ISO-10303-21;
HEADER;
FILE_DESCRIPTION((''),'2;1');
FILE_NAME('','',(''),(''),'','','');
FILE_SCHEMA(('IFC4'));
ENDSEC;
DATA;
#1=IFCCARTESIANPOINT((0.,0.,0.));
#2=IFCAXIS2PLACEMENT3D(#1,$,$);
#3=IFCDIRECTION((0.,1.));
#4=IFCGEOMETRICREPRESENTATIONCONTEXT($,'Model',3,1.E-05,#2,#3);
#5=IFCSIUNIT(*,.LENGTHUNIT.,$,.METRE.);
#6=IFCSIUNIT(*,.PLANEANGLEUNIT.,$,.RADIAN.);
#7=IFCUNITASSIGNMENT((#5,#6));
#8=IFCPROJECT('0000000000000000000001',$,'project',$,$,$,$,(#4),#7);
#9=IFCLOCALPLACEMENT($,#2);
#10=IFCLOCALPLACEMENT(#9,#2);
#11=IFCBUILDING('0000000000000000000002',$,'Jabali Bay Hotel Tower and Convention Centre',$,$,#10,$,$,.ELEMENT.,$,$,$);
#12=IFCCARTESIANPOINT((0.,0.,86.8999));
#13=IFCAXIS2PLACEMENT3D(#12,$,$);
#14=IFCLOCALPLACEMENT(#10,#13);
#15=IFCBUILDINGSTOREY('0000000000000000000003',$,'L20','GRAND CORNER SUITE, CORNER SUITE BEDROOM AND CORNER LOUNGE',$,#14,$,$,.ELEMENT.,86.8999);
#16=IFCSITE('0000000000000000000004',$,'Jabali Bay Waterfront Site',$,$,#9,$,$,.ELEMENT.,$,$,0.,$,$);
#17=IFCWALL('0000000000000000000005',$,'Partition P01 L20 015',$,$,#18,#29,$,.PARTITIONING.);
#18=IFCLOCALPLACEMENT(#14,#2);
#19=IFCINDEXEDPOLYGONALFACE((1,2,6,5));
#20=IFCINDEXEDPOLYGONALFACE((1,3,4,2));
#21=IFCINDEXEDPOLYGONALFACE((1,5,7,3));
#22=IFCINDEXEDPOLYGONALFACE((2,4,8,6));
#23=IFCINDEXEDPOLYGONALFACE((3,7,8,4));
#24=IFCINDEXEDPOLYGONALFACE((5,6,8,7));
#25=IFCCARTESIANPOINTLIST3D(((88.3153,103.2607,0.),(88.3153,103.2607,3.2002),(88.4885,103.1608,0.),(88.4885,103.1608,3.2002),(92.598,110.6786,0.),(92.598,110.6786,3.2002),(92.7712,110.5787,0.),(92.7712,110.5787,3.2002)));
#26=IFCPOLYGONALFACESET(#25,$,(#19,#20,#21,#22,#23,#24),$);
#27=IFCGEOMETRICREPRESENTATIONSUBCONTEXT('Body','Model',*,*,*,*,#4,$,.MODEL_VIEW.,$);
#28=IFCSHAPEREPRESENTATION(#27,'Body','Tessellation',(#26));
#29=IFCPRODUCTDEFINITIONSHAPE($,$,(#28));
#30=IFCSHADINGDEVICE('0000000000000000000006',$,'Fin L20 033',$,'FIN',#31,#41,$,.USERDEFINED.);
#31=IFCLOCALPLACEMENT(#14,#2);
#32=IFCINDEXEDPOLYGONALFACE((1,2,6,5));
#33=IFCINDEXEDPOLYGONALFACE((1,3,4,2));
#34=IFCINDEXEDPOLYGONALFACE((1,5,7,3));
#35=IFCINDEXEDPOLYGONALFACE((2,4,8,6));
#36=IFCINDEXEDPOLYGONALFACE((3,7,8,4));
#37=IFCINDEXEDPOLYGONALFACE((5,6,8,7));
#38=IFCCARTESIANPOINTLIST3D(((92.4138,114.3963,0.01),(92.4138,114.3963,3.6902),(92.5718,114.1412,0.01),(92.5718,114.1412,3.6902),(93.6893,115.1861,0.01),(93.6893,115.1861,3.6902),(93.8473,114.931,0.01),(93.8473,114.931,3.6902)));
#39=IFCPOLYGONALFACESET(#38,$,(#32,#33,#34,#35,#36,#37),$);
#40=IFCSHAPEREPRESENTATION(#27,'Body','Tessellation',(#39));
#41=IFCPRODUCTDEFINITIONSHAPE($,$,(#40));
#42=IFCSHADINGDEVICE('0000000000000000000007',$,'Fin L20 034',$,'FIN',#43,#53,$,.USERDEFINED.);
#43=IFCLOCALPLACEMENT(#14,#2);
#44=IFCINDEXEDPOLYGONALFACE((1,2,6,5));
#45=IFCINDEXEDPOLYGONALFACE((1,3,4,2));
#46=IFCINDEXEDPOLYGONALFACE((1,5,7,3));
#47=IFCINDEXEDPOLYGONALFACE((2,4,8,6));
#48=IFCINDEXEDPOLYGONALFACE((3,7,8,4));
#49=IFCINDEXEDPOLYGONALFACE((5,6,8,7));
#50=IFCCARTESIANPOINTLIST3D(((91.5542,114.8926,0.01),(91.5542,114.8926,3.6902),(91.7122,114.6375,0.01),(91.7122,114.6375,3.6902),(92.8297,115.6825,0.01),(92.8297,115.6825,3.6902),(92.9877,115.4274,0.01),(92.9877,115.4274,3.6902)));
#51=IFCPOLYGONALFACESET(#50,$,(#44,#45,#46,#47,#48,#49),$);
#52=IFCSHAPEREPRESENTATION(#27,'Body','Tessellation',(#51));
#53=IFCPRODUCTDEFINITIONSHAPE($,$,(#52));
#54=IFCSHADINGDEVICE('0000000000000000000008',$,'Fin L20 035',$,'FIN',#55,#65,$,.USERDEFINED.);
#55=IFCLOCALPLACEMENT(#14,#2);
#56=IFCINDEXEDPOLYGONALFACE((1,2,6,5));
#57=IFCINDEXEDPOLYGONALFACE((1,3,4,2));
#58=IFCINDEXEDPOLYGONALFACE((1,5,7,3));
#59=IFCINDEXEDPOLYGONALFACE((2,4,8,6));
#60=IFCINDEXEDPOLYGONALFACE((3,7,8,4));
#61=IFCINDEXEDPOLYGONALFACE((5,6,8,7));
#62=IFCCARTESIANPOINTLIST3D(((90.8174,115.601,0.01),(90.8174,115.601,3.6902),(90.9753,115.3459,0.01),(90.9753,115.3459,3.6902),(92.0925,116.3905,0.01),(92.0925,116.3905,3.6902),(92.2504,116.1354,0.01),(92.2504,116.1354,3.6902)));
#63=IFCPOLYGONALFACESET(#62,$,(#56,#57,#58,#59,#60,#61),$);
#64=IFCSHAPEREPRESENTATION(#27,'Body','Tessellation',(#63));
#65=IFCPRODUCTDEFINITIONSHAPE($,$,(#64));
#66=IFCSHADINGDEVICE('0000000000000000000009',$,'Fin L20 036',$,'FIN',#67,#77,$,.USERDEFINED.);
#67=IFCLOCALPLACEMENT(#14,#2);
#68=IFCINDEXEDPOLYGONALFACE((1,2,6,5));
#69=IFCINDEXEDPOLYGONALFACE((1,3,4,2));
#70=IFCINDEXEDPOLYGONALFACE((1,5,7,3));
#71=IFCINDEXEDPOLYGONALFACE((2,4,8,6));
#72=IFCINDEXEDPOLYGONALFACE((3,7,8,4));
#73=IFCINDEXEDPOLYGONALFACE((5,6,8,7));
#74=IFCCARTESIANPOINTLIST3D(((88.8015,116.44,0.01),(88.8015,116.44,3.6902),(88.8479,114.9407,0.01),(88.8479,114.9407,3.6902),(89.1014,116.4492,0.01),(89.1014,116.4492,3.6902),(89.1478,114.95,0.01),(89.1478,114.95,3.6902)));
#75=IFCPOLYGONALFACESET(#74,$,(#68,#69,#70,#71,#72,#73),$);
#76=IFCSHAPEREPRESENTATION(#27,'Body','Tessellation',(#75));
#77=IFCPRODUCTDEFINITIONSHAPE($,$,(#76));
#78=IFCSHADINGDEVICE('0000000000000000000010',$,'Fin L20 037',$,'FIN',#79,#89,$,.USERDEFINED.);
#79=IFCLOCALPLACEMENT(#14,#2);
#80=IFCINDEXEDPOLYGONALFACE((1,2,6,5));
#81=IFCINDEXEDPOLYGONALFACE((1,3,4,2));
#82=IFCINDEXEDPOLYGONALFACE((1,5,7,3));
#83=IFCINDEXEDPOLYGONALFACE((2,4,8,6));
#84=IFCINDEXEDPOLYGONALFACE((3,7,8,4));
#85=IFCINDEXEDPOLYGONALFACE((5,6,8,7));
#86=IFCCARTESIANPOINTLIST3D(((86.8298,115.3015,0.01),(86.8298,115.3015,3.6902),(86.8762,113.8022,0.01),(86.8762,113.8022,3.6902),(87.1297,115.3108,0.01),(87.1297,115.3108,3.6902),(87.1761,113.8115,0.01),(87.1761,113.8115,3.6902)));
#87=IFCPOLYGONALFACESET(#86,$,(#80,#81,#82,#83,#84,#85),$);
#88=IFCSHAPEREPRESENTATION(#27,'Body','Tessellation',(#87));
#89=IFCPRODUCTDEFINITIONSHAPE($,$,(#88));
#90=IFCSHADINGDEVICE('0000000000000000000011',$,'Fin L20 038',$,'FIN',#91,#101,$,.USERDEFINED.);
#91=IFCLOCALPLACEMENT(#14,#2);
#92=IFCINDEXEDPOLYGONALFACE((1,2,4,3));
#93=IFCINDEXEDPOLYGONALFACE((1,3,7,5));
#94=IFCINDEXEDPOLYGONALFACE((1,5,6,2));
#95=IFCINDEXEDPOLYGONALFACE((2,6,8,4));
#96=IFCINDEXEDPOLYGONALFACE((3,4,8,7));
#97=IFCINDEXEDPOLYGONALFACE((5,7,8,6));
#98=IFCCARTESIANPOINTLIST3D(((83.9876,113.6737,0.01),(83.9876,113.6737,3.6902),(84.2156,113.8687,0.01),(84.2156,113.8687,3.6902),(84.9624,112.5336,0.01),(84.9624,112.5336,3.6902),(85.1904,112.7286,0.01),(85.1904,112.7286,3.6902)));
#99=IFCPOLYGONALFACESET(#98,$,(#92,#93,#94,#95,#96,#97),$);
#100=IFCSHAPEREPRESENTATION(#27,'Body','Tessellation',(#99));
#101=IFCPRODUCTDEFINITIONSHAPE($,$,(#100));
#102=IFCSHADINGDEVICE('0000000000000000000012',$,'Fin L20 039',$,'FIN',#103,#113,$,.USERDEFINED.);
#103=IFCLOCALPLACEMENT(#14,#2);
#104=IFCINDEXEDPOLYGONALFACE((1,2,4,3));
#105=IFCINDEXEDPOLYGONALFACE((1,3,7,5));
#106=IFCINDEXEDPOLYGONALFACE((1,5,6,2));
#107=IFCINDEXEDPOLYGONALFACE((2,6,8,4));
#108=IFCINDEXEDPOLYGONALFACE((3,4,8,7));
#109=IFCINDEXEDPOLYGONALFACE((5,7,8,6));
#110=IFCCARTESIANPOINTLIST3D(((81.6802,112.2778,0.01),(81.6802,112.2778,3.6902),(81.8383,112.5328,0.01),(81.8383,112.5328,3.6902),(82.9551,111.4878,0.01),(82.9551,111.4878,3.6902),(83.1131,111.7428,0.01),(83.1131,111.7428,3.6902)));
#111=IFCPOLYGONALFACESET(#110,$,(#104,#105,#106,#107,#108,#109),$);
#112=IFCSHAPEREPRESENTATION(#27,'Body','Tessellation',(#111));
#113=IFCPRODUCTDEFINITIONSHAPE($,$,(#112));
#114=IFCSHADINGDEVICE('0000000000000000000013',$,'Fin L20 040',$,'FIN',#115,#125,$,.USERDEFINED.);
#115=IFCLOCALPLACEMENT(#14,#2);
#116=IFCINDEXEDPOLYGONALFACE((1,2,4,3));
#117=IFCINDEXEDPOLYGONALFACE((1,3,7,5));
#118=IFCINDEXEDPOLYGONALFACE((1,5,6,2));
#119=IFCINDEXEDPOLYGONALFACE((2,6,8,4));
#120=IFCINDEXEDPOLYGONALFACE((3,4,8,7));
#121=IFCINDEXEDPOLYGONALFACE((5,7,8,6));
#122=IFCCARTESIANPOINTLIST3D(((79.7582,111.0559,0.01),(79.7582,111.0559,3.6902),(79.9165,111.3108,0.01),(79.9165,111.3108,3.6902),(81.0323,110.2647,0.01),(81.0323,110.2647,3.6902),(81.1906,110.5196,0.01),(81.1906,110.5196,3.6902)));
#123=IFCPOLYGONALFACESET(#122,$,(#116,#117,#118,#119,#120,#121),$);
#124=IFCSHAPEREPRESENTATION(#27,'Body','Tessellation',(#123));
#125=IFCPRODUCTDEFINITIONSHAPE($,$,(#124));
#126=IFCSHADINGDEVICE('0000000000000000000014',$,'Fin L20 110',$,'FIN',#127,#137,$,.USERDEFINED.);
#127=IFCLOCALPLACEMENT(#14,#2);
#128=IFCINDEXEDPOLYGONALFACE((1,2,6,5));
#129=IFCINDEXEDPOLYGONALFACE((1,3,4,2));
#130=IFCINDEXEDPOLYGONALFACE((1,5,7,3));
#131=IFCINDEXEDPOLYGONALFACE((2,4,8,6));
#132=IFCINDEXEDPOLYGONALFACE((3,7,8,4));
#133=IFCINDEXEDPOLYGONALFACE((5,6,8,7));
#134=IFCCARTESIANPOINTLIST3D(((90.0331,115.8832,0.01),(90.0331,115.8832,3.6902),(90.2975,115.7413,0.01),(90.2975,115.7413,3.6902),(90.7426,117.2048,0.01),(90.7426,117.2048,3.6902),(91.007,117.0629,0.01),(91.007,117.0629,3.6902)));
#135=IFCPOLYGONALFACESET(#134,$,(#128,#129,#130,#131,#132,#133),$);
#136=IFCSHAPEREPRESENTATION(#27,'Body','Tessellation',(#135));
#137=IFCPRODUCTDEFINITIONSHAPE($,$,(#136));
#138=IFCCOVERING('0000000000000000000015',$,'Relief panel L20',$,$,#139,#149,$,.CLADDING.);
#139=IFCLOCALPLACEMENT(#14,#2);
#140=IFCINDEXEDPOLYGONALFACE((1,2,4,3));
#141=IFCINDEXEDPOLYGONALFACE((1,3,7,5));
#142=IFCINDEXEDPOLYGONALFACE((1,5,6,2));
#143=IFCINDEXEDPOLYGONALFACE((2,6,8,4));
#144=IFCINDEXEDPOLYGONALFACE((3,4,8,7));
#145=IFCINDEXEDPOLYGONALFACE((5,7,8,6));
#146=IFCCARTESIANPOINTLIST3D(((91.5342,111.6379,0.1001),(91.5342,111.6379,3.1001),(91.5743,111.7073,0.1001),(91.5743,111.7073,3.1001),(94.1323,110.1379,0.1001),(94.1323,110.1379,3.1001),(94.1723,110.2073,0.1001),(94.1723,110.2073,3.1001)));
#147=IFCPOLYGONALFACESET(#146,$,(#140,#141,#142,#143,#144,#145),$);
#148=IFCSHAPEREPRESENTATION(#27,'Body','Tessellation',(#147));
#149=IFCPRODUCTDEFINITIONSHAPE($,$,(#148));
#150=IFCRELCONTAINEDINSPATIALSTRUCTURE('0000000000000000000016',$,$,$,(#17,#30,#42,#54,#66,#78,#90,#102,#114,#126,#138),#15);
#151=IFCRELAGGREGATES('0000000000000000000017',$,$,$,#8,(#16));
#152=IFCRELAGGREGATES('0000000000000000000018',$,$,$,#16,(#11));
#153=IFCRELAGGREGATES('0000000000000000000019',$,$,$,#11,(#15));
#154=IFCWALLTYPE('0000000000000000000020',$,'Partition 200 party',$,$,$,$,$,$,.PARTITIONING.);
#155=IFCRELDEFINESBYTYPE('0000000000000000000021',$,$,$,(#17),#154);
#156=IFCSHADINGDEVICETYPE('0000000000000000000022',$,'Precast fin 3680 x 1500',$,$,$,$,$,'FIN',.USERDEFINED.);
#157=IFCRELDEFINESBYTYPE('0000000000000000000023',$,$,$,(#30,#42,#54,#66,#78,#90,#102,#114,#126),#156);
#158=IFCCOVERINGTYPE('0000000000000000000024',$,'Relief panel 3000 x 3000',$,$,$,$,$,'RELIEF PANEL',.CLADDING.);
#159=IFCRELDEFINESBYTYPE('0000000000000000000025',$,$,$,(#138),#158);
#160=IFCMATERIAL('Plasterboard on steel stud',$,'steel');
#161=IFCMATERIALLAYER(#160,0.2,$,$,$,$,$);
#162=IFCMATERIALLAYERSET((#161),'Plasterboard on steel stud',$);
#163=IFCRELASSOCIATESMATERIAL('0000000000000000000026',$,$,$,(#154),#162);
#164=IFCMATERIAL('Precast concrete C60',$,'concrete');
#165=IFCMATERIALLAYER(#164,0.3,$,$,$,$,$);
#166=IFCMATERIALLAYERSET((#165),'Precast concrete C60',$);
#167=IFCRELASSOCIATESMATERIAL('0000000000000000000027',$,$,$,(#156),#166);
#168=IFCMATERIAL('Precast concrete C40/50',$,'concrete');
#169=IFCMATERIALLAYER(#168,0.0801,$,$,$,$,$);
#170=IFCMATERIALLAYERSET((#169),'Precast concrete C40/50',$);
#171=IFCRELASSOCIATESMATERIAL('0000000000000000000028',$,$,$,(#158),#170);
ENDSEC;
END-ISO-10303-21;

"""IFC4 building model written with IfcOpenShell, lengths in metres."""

from ifc_helpers import new_model, si_unit, direction, frame, frame_2d, origin, origin_2d, place, context, subcontext, project, spatial, rectangle, extrude, material, layer, layer_set, type_object, element, save


model = new_model("IFC4")

# Units and contexts
model_context = context("Model", 3, precision=1e-05, world=origin(), true_north=direction((0.0, 1.0)))
body_context = subcontext(model_context, "Body", "Model", "MODEL_VIEW")
ifc_project = project(units=[si_unit("LENGTHUNIT", "METRE"), si_unit("PLANEANGLEUNIT", "RADIAN")], contexts=[model_context])

# Site, building, storey
site_placement = place(None, origin())
site = spatial("IfcSite", under=ifc_project, at=site_placement, Name="Jabali Bay Waterfront Site", CompositionType="ELEMENT", RefElevation=0.0)
building_placement = place(site_placement, origin())
building = spatial("IfcBuilding", under=site, at=building_placement, Name="Jabali Bay Hotel Tower and Convention Centre", CompositionType="ELEMENT")
storey_placement = place(building_placement, frame((0.0, 0.0, 86.8999)))
storey = spatial("IfcBuildingStorey", under=building, at=storey_placement, Name="L20", Description="GRAND CORNER SUITE, CORNER SUITE BEDROOM AND CORNER LOUNGE", CompositionType="ELEMENT", Elevation=86.8999)

# Shared definitions
ifc_material_1 = material(Name="Plasterboard on steel stud", Category="steel")

# Wall
ifc_layer_1 = layer(ifc_material_1, 0.2)
ifc_layer_set_1 = layer_set([ifc_layer_1], Name="Plasterboard on steel stud")
wall_type_1 = type_object("IfcWallType", Name="Partition 200 party", PredefinedType="PARTITIONING", material=ifc_layer_set_1)
wall_1_placement = place(storey_placement, frame((92.6846, 110.6287, 0.0), z_axis=(0.0, 0.0, 1.0), x_axis=(-0.499995, -0.866028, 0.0)))
element("IfcWall", 1, at=wall_1_placement, inside=storey, type_object=wall_type_1, Name="Partition P01 L20 015", PredefinedType="PARTITIONING", context=body_context, shape_type="SweptSolid", body=[
    extrude(rectangle(XDim=8.5654, YDim=0.2, at=frame_2d((4.2827, 0.0))), origin(), (0.0, 0.0, 1.0), 3.2002),
])

# Shading devices
ifc_material_2 = material(Name="Precast concrete C60", Category="concrete")
ifc_layer_2 = layer(ifc_material_2, 0.3)
ifc_layer_set_2 = layer_set([ifc_layer_2], Name="Precast concrete C60")
shading_device_type = type_object("IfcShadingDeviceType", Name="Precast fin 3680 x 1500", ElementType="FIN", PredefinedType="USERDEFINED", material=ifc_layer_set_2)
for number, where, z_axis, x_axis, name in (
    (2, (92.4929, 114.2688, 0.01), (0.0, 0.0, 1.0), (0.850185, 0.526483, 0.0), "Fin L20 033"),
    (3, (91.6333, 114.7651, 0.01), (0.0, 0.0, 1.0), (0.850185, 0.526483, 0.0), "Fin L20 034"),
):
    element("IfcShadingDevice", number, at=place(storey_placement, frame(where, z_axis=z_axis, x_axis=x_axis)), inside=storey, type_object=shading_device_type, Name=name, ObjectType="FIN", PredefinedType="USERDEFINED", context=body_context, shape_type="SweptSolid", body=[
        extrude(rectangle(XDim=1.5002, YDim=0.3, at=frame_2d((0.75, 0.0))), origin(), (0.0, 0.0, 1.0), 3.6802),
    ])
shading_device_1_placement = place(storey_placement, frame((90.8962, 115.4734, 0.01), z_axis=(0.0, 0.0, 1.0), x_axis=(0.850213, 0.526439, 0.0)))
element("IfcShadingDevice", 4, at=shading_device_1_placement, inside=storey, type_object=shading_device_type, Name="Fin L20 035", ObjectType="FIN", PredefinedType="USERDEFINED", context=body_context, shape_type="SweptSolid", body=[
    extrude(rectangle(XDim=1.4998, YDim=0.3, at=frame_2d((0.75, 0.0))), origin(), (0.0, 0.0, 1.0), 3.6802),
])
for number, where, z_axis, x_axis, name in (
    (5, (88.9978, 114.9453, 0.01), (0.0, 0.0, 1.0), (-0.030925, 0.999522, 0.0), "Fin L20 036"),
    (6, (87.0261, 113.8069, 0.01), (0.0, 0.0, 1.0), (-0.030925, 0.999522, 0.0), "Fin L20 037"),
    (7, (85.0764, 112.6311, 0.01), (0.0, 0.0, 1.0), (-0.649866, 0.760049, 0.0), "Fin L20 038"),
):
    element("IfcShadingDevice", number, at=place(storey_placement, frame(where, z_axis=z_axis, x_axis=x_axis)), inside=storey, type_object=shading_device_type, Name=name, ObjectType="FIN", PredefinedType="USERDEFINED", context=body_context, shape_type="SweptSolid", body=[
        extrude(rectangle(XDim=1.5, YDim=0.3, at=frame_2d((0.75, 0.0))), origin(), (0.0, 0.0, 1.0), 3.6802),
    ])
for number, where, z_axis, x_axis, name in (
    (8, (83.0342, 111.6152, 0.01), (0.0, 0.0, 1.0), (-0.850022, 0.526747, 0.0), "Fin L20 039"),
    (9, (81.1116, 110.3921, 0.01), (0.0, 0.0, 1.0), (-0.849522, 0.527553, 0.0), "Fin L20 040"),
):
    element("IfcShadingDevice", number, at=place(storey_placement, frame(where, z_axis=z_axis, x_axis=x_axis)), inside=storey, type_object=shading_device_type, Name=name, ObjectType="FIN", PredefinedType="USERDEFINED", context=body_context, shape_type="SweptSolid", body=[
        extrude(rectangle(XDim=1.4998, YDim=0.3, at=frame_2d((0.75, 0.0))), origin(), (0.0, 0.0, 1.0), 3.6802),
    ])
shading_device_2_placement = place(storey_placement, frame((90.1653, 115.8123, 0.01), z_axis=(0.0, 0.0, 1.0), x_axis=(0.473003, 0.881061, 0.0)))
element("IfcShadingDevice", 10, at=shading_device_2_placement, inside=storey, type_object=shading_device_type, Name="Fin L20 110", ObjectType="FIN", PredefinedType="USERDEFINED", context=body_context, shape_type="SweptSolid", body=[
    extrude(rectangle(XDim=1.5, YDim=0.3, at=frame_2d((0.75, 0.0))), origin(), (0.0, 0.0, 1.0), 3.6802),
])

# Covering
ifc_material_3 = material(Name="Precast concrete C40/50", Category="concrete")
ifc_layer_3 = layer(ifc_material_3, 0.0801)
ifc_layer_set_3 = layer_set([ifc_layer_3], Name="Precast concrete C40/50")
covering_type = type_object("IfcCoveringType", Name="Relief panel 3000 x 3000", ElementType="RELIEF PANEL", PredefinedType="CLADDING", material=ifc_layer_set_3)
covering_placement = place(storey_placement, frame((92.8533, 110.9226, 0.1001), z_axis=(0.0, 0.0, 1.0), x_axis=(0.866025, -0.5, 0.0)))
element("IfcCovering", 11, at=covering_placement, inside=storey, type_object=covering_type, Name="Relief panel L20", PredefinedType="CLADDING", context=body_context, shape_type="SweptSolid", body=[
    extrude(rectangle(XDim=3.0, YDim=0.0801, at=origin_2d()), origin(), (0.0, 0.0, 1.0), 3.0),
])

save(model, "model.ifc")
